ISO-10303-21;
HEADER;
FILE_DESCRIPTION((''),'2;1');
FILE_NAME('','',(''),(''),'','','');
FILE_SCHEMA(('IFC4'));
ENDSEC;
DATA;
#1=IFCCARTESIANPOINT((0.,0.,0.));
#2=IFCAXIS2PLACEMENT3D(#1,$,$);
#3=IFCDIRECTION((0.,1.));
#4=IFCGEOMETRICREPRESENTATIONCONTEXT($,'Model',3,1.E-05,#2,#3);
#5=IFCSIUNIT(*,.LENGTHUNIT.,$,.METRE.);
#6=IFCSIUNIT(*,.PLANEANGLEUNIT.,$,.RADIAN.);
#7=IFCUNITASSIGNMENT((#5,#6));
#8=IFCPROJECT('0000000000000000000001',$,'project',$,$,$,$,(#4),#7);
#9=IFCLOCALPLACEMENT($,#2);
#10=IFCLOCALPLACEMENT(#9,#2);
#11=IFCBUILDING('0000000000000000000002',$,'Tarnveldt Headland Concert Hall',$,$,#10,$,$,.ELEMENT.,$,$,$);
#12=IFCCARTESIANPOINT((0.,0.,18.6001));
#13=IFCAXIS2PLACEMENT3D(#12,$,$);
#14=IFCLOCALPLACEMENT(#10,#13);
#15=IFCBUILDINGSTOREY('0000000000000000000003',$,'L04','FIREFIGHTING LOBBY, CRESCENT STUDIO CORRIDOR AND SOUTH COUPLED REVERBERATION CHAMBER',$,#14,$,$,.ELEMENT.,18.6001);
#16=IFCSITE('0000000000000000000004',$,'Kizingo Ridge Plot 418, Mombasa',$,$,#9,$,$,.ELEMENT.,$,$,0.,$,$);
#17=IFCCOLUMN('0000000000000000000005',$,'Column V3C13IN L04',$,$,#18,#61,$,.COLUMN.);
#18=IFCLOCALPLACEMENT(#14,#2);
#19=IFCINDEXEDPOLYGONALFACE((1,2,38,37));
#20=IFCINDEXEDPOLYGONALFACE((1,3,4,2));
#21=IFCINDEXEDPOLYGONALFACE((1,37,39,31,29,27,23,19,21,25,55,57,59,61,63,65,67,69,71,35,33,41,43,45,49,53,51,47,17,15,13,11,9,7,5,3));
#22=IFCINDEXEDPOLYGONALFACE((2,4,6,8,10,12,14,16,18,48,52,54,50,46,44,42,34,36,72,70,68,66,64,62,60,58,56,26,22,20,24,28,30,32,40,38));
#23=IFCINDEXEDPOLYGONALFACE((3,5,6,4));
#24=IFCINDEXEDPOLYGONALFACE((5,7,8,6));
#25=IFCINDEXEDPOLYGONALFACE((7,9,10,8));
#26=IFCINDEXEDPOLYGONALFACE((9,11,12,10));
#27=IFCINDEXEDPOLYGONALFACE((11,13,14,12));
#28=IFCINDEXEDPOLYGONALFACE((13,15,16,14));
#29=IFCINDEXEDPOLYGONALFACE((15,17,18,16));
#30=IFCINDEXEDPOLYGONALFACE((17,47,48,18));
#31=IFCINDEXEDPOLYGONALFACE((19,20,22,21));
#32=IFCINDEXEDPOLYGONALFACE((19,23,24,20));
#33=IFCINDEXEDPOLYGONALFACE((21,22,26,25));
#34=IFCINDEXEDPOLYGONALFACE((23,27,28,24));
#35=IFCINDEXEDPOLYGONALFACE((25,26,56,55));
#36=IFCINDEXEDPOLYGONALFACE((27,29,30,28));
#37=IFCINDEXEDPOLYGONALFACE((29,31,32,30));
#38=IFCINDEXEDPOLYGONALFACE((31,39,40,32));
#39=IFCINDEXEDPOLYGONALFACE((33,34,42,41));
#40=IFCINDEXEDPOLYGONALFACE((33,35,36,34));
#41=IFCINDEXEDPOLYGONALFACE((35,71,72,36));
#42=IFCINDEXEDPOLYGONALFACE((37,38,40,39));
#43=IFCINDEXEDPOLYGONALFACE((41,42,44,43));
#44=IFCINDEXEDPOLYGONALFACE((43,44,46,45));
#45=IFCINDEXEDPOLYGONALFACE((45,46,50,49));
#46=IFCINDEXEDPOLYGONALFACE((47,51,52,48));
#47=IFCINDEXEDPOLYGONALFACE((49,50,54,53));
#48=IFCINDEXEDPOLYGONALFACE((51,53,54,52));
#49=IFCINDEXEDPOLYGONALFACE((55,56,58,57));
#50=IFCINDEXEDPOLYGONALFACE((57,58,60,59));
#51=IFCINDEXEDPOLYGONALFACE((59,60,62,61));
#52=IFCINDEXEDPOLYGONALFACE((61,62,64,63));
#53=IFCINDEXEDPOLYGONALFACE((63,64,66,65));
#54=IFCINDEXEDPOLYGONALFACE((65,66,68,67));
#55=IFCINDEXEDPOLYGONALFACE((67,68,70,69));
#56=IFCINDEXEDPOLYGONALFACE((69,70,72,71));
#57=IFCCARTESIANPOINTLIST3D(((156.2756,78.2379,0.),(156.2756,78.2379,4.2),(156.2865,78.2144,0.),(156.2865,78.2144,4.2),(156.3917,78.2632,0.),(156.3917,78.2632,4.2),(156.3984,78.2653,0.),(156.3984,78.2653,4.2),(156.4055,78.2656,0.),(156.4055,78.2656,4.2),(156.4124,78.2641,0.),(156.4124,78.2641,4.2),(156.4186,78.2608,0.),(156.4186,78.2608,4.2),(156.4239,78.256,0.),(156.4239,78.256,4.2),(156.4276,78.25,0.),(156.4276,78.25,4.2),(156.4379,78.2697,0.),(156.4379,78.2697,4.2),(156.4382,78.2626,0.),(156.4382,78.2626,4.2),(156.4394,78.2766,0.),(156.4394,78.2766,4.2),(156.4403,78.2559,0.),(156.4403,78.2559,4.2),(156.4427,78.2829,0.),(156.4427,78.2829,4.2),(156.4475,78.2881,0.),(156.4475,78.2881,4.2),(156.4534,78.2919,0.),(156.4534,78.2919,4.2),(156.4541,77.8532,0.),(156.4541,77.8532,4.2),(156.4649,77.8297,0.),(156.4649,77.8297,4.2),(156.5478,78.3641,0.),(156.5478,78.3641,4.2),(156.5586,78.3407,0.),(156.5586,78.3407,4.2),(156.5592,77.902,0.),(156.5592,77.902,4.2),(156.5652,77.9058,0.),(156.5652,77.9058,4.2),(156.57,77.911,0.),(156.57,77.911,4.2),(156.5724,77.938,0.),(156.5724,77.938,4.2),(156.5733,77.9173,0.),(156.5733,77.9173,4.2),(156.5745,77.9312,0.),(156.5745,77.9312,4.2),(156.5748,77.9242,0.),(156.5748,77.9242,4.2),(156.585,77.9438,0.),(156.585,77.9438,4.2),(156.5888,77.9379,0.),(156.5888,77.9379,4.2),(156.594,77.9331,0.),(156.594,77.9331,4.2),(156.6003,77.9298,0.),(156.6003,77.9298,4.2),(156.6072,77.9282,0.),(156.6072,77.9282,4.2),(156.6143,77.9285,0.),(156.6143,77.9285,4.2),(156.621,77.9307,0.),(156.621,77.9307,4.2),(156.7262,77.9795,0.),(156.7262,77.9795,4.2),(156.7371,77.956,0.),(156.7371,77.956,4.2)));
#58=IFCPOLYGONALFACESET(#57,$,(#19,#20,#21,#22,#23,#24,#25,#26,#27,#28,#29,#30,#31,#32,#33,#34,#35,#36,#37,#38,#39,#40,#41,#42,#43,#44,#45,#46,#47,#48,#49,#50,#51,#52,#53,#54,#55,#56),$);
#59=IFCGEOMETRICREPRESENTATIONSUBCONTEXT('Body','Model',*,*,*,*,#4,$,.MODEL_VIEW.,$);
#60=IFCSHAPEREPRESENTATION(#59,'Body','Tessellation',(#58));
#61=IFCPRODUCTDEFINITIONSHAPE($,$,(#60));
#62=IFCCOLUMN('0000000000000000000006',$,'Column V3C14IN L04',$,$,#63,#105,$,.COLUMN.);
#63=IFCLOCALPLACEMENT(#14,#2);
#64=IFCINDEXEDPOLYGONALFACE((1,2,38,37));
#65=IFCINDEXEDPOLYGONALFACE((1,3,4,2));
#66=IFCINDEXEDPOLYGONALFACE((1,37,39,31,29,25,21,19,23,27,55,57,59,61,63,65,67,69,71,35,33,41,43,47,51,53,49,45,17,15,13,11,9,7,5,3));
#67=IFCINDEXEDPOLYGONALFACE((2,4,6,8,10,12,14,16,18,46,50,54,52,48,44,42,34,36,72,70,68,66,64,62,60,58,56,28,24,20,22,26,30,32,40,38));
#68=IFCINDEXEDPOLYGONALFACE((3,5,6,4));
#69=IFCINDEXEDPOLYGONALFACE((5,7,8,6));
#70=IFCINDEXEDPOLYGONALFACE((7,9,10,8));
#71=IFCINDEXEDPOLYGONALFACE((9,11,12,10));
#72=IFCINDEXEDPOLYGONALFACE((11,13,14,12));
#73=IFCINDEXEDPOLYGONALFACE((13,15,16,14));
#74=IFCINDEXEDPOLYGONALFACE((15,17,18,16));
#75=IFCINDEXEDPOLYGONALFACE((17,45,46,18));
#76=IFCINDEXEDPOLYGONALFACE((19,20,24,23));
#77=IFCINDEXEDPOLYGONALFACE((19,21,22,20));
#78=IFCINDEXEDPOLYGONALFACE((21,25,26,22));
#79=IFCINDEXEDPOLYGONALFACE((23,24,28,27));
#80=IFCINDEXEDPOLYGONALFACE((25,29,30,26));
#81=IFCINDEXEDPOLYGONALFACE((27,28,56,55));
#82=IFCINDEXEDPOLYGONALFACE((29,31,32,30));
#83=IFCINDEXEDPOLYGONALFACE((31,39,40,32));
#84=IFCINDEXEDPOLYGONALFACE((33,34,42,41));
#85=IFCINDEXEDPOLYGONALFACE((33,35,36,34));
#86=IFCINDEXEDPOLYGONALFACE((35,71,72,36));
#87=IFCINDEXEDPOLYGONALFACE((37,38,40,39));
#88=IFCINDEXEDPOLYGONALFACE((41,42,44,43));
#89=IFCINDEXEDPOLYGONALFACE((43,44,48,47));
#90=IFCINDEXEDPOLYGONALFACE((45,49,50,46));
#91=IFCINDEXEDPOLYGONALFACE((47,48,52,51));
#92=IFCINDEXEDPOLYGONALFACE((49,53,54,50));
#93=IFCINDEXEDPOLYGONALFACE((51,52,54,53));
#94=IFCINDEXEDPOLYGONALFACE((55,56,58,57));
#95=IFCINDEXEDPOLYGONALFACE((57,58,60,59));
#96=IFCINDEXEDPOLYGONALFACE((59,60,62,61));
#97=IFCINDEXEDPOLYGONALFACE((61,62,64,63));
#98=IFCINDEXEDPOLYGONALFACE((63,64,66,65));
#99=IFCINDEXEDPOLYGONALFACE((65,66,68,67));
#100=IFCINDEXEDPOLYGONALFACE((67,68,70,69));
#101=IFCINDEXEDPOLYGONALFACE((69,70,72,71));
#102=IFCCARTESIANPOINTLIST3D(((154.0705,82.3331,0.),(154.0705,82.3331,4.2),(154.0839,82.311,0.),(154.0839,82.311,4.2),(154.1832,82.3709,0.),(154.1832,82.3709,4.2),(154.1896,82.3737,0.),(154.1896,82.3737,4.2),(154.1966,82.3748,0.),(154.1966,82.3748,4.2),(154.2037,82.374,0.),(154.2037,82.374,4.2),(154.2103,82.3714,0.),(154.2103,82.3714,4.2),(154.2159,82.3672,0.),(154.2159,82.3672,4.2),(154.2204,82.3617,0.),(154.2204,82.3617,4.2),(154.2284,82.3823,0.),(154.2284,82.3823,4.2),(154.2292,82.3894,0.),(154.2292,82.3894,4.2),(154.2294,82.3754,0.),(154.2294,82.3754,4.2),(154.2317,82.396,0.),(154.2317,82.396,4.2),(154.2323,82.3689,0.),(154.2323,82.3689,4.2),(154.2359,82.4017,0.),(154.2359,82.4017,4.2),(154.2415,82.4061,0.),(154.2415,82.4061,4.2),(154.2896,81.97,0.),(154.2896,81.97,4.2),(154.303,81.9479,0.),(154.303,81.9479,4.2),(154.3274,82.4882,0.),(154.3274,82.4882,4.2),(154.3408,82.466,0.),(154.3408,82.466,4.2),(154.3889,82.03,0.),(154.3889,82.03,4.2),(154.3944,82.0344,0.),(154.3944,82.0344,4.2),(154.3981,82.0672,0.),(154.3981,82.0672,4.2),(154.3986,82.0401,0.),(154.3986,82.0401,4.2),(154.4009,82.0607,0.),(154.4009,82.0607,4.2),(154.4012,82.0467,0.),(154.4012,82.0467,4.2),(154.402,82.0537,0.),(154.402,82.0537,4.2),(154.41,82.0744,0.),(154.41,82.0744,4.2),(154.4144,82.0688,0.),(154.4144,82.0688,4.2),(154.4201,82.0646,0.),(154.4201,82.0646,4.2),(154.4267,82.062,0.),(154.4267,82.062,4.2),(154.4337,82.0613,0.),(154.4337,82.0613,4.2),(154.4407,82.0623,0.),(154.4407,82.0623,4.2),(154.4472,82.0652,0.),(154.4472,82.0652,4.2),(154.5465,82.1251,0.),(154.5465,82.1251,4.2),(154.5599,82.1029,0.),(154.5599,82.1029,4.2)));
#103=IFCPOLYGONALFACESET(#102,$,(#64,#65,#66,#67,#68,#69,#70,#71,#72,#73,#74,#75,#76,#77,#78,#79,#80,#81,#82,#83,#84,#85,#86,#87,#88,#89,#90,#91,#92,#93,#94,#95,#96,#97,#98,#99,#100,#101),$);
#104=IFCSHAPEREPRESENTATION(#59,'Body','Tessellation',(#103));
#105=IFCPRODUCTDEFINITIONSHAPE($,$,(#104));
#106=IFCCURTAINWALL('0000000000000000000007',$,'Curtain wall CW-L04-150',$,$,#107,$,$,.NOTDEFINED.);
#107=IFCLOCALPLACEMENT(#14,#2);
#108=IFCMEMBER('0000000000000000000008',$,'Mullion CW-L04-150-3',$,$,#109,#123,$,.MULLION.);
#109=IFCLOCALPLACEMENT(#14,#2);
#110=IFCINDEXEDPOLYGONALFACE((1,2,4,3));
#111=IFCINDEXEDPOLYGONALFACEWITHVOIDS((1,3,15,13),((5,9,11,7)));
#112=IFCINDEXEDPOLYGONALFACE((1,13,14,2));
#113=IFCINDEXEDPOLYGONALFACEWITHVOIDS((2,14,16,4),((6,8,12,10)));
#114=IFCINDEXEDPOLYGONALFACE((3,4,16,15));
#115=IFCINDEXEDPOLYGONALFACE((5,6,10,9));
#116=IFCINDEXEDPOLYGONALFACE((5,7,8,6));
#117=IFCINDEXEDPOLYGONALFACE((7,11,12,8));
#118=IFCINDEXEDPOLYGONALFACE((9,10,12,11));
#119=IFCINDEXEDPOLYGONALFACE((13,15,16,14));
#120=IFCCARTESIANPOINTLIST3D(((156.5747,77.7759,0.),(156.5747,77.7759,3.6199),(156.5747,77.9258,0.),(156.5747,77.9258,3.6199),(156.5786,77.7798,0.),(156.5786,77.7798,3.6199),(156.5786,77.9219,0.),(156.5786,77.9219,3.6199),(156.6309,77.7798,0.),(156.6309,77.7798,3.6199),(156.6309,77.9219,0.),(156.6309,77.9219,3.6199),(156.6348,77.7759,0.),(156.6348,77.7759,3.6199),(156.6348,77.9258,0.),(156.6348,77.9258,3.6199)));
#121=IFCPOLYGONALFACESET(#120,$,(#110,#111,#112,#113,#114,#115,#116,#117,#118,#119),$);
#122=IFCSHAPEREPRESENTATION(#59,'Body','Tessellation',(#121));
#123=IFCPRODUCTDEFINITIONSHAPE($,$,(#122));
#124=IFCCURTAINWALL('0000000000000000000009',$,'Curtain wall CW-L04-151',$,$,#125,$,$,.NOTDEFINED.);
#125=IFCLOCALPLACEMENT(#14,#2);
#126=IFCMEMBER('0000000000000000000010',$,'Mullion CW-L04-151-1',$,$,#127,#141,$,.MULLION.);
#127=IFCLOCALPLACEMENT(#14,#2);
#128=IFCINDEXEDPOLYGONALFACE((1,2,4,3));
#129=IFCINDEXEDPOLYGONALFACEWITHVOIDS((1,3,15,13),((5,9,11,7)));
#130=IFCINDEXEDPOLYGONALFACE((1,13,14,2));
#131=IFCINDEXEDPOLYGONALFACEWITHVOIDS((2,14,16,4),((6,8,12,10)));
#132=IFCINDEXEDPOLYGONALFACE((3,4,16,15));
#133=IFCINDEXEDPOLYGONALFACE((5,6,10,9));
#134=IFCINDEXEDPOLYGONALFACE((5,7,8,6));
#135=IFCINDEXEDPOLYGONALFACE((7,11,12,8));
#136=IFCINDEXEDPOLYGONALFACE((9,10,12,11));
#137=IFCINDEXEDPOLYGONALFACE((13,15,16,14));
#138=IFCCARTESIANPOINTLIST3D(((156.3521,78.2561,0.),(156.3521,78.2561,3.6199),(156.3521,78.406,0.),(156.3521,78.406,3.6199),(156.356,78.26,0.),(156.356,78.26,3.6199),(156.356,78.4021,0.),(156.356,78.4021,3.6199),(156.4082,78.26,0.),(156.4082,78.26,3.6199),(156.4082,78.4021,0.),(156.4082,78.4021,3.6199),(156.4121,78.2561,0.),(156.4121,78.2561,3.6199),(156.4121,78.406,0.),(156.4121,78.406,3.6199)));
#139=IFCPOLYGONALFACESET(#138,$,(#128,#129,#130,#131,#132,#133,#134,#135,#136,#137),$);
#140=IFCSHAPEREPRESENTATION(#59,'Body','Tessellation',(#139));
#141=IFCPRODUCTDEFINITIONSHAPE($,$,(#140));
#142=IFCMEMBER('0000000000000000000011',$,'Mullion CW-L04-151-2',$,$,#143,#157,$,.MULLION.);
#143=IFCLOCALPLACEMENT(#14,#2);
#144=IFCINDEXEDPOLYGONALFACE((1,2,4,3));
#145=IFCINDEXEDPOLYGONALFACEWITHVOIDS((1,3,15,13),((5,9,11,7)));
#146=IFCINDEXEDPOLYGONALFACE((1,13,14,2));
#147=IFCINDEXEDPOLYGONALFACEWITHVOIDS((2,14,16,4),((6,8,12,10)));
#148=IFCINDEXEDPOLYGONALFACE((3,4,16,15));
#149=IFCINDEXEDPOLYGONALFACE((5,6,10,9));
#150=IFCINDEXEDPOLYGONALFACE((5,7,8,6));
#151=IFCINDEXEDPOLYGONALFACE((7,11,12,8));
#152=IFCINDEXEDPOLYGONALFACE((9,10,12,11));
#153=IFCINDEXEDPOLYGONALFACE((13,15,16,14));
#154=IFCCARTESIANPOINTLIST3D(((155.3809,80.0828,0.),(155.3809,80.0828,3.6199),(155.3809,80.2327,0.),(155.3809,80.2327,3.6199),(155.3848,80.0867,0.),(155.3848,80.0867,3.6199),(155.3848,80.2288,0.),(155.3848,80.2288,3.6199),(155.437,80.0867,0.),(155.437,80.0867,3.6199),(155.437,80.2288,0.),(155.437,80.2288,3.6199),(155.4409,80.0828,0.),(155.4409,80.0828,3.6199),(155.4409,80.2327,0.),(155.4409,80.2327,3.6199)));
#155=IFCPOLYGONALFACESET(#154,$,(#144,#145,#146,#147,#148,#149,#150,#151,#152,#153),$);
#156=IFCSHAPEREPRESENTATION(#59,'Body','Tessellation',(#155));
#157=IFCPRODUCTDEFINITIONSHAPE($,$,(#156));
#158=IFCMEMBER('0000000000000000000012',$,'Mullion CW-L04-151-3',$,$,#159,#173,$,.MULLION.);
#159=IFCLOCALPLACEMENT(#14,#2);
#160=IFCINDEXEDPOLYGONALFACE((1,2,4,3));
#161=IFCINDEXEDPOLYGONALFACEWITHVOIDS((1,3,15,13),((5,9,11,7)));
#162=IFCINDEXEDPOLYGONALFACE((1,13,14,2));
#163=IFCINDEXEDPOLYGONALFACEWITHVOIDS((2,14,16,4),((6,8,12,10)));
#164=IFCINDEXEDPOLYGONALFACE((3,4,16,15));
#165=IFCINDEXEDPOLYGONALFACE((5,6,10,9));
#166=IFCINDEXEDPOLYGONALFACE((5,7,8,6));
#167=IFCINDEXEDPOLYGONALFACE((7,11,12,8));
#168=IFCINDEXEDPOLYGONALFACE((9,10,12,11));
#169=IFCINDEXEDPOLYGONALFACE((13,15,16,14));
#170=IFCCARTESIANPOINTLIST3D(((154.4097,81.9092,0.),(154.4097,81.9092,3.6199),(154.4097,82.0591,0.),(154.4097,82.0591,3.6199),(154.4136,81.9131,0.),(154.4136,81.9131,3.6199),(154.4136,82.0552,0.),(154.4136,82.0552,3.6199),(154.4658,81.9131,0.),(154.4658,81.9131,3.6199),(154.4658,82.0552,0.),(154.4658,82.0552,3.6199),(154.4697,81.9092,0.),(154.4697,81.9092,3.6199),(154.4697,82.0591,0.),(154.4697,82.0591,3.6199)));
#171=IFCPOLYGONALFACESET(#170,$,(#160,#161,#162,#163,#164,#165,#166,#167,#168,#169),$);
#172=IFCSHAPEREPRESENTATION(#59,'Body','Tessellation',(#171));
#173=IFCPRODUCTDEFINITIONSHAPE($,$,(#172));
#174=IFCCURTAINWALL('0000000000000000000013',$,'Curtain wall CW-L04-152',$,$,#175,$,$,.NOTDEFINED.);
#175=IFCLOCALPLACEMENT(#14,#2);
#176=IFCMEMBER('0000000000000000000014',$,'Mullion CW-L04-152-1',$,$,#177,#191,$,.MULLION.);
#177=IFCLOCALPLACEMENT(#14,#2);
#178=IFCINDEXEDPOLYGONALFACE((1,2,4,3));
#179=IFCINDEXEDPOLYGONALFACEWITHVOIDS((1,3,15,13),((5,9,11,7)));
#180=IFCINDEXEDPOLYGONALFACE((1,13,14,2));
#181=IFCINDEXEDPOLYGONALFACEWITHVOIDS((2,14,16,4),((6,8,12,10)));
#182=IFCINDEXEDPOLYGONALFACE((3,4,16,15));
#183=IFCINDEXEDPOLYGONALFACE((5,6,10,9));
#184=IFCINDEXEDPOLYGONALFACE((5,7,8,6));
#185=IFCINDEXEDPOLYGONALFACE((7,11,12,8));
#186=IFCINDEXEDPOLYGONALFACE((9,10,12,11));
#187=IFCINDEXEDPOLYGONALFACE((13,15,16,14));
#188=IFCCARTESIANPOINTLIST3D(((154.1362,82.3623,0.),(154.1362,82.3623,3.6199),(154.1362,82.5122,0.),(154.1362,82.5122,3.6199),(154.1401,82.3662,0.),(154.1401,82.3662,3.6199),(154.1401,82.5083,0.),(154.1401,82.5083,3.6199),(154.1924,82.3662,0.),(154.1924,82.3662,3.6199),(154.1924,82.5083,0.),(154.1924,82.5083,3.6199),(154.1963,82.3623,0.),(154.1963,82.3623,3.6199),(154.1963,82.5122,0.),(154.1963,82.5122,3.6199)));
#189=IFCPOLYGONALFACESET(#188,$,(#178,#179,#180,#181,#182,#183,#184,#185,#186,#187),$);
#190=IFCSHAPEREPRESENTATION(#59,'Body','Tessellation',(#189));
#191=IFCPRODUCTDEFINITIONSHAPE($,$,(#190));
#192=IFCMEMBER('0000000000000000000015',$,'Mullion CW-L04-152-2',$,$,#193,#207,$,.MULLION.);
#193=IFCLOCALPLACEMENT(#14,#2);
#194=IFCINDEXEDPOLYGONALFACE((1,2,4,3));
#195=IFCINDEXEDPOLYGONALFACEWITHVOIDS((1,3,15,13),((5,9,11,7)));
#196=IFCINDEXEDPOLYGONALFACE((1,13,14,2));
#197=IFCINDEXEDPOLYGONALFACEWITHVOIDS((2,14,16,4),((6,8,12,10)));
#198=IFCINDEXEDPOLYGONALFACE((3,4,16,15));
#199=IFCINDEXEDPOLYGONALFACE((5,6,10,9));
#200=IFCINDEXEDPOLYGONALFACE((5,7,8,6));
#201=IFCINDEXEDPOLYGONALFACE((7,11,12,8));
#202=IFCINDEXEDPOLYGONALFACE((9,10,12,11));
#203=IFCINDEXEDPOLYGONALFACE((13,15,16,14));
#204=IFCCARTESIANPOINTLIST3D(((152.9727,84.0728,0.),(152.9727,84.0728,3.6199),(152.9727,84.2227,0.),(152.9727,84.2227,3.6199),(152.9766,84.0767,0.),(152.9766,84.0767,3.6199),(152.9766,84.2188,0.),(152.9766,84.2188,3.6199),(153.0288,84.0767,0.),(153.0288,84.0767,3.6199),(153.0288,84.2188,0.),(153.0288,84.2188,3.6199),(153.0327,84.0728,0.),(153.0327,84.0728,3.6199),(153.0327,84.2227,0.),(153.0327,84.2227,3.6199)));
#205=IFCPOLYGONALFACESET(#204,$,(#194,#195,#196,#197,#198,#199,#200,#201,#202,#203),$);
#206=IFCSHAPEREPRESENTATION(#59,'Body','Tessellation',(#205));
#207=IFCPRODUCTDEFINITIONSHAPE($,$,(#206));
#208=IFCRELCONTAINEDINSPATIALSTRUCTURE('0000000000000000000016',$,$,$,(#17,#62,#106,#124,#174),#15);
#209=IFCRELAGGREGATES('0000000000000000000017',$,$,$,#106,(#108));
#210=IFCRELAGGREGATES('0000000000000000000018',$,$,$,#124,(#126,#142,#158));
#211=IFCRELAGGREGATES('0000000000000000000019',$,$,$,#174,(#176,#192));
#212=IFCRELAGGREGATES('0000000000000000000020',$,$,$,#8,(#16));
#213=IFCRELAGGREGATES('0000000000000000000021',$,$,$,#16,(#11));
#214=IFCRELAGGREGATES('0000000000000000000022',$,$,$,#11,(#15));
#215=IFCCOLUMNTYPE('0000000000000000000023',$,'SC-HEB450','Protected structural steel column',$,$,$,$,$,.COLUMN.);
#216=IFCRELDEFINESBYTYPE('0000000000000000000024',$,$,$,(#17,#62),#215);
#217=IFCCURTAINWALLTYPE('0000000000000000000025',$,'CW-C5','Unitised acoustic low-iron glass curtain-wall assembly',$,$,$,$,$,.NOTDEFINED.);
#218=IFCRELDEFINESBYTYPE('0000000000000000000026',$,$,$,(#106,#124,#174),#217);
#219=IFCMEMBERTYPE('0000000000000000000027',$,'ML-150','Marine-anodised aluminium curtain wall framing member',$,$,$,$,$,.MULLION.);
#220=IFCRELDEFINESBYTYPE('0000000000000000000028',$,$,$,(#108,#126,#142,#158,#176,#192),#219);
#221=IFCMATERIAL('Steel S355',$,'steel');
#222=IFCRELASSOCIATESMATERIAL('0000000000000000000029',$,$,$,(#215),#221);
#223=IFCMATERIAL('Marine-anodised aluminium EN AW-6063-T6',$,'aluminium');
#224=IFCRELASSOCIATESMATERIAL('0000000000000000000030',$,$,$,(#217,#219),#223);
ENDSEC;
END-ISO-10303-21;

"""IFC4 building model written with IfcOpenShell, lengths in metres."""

from ifc_helpers import new_model, si_unit, direction, frame, origin, origin_2d, place, context, subcontext, project, spatial, hollow_rectangle, i_section, extrude, material, material_profile, profile_set, type_object, element, aggregate, save


model = new_model("IFC4")

# Units and contexts
model_context = context("Model", 3, precision=1e-05, world=origin(), true_north=direction((0.0, 1.0)))
body_context = subcontext(model_context, "Body", "Model", "MODEL_VIEW")
ifc_project = project(units=[si_unit("LENGTHUNIT", "METRE"), si_unit("PLANEANGLEUNIT", "RADIAN")], contexts=[model_context])

# Site, building, storey
site_placement = place(None, origin())
site = spatial("IfcSite", under=ifc_project, at=site_placement, Name="Kizingo Ridge Plot 418, Mombasa", CompositionType="ELEMENT", RefElevation=0.0)
building_placement = place(site_placement, origin())
building = spatial("IfcBuilding", under=site, at=building_placement, Name="Tarnveldt Headland Concert Hall", CompositionType="ELEMENT")
storey_placement = place(building_placement, frame((0.0, 0.0, 18.6001)))
storey = spatial("IfcBuildingStorey", under=building, at=storey_placement, Name="L04", Description="FIREFIGHTING LOBBY, CRESCENT STUDIO CORRIDOR AND SOUTH COUPLED REVERBERATION CHAMBER", CompositionType="ELEMENT", Elevation=18.6001)

# Columns
ifc_material_1 = material(Name="Steel S355", Category="steel")
ifc_material_profile_1 = material_profile(ifc_material_1, i_section(OverallWidth=0.3, OverallDepth=0.45, WebThickness=0.0139, FlangeThickness=0.0259, FilletRadius=0.0271, at=origin_2d()), Name="HEB450", Category="steel")
ifc_profile_set_1 = profile_set([ifc_material_profile_1], Name="Steel S355")
column_type = type_object("IfcColumnType", Name="SC-HEB450", Description="Protected structural steel column", PredefinedType="COLUMN", material=ifc_profile_set_1)
for number, where, z_axis, x_axis, name in (
    (1, (156.5063, 78.0969, 0.0), (0.0, 0.0, 1.0), (0.907117, 0.420877, 0.0), "Column V3C13IN L04"),
    (2, (154.3152, 82.218, 0.0), (0.0, 0.0, 1.0), (0.856177, 0.516683, 0.0), "Column V3C14IN L04"),
):
    element("IfcColumn", number, at=place(storey_placement, frame(where, z_axis=z_axis, x_axis=x_axis)), inside=storey, type_object=column_type, Name=name, PredefinedType="COLUMN", context=body_context, shape_type="SweptSolid", body=[
        extrude(i_section(OverallWidth=0.3, OverallDepth=0.45, WebThickness=0.0139, FlangeThickness=0.0259, FilletRadius=0.0271, at=origin_2d()), origin(), (0.0, 0.0, 1.0), 4.2),
    ])

# Curtain wall, member
ifc_material_2 = material(Name="Marine-anodised aluminium EN AW-6063-T6", Category="aluminium")
curtain_wall_type = type_object("IfcCurtainWallType", Name="CW-C5", Description="Unitised acoustic low-iron glass curtain-wall assembly", PredefinedType="NOTDEFINED", material=ifc_material_2)
curtain_wall_1_placement = place(storey_placement, origin())
curtain_wall_1 = element("IfcCurtainWall", 3, at=curtain_wall_1_placement, inside=storey, type_object=curtain_wall_type, Name="Curtain wall CW-L04-150", PredefinedType="NOTDEFINED")
ifc_material_profile_2 = material_profile(ifc_material_2, hollow_rectangle(XDim=0.0601, YDim=0.1499, WallThickness=0.0039, at=origin_2d()), Name="ALU MULLION 60x150x4", Category="aluminium")
ifc_profile_set_2 = profile_set([ifc_material_profile_2], Name="Marine-anodised aluminium EN AW-6063-T6")
member_type_1 = type_object("IfcMemberType", Name="ML-150", Description="Marine-anodised aluminium curtain wall framing member", PredefinedType="MULLION", material=ifc_profile_set_2)
member_1_placement = place(storey_placement, frame((156.6047, 77.8508, 0.0), z_axis=(0.0, 0.0, 1.0), x_axis=(1.0, 0.0, 0.0)))
member_1 = element("IfcMember", 4, at=member_1_placement, type_object=member_type_1, Name="Mullion CW-L04-150-3", PredefinedType="MULLION", context=body_context, shape_type="SweptSolid", body=[
    extrude(hollow_rectangle(XDim=0.0601, YDim=0.1499, WallThickness=0.0039, at=origin_2d()), origin(), (0.0, 0.0, 1.0), 3.6199),
])

# Curtain walls, members
curtain_wall_2_placement = place(storey_placement, origin())
curtain_wall_2 = element("IfcCurtainWall", 5, at=curtain_wall_2_placement, inside=storey, type_object=curtain_wall_type, Name="Curtain wall CW-L04-151", PredefinedType="NOTDEFINED")
member_2_placement = place(storey_placement, frame((156.3821, 78.3311, 0.0), z_axis=(0.0, 0.0, 1.0), x_axis=(1.0, 0.0, 0.0)))
member_2 = element("IfcMember", 6, at=member_2_placement, type_object=member_type_1, Name="Mullion CW-L04-151-1", PredefinedType="MULLION", context=body_context, shape_type="SweptSolid", body=[
    extrude(hollow_rectangle(XDim=0.0601, YDim=0.1499, WallThickness=0.0039, at=origin_2d()), origin(), (0.0, 0.0, 1.0), 3.6199),
])
member_3_placement = place(storey_placement, frame((155.4109, 80.1577, 0.0), z_axis=(0.0, 0.0, 1.0), x_axis=(1.0, 0.0, 0.0)))
member_3 = element("IfcMember", 7, at=member_3_placement, type_object=member_type_1, Name="Mullion CW-L04-151-2", PredefinedType="MULLION", context=body_context, shape_type="SweptSolid", body=[
    extrude(hollow_rectangle(XDim=0.0601, YDim=0.1499, WallThickness=0.0039, at=origin_2d()), origin(), (0.0, 0.0, 1.0), 3.6199),
])
member_4_placement = place(storey_placement, frame((154.4397, 81.9841, 0.0), z_axis=(0.0, 0.0, 1.0), x_axis=(1.0, 0.0, 0.0)))
member_4 = element("IfcMember", 8, at=member_4_placement, type_object=member_type_1, Name="Mullion CW-L04-151-3", PredefinedType="MULLION", context=body_context, shape_type="SweptSolid", body=[
    extrude(hollow_rectangle(XDim=0.0601, YDim=0.1499, WallThickness=0.0039, at=origin_2d()), origin(), (0.0, 0.0, 1.0), 3.6199),
])
curtain_wall_3_placement = place(storey_placement, origin())
curtain_wall_3 = element("IfcCurtainWall", 9, at=curtain_wall_3_placement, inside=storey, type_object=curtain_wall_type, Name="Curtain wall CW-L04-152", PredefinedType="NOTDEFINED")
member_5_placement = place(storey_placement, frame((154.1663, 82.4373, 0.0), z_axis=(0.0, 0.0, 1.0), x_axis=(1.0, 0.0, 0.0)))
member_5 = element("IfcMember", 10, at=member_5_placement, type_object=member_type_1, Name="Mullion CW-L04-152-1", PredefinedType="MULLION", context=body_context, shape_type="SweptSolid", body=[
    extrude(hollow_rectangle(XDim=0.0601, YDim=0.1499, WallThickness=0.0039, at=origin_2d()), origin(), (0.0, 0.0, 1.0), 3.6199),
])
member_6_placement = place(storey_placement, frame((153.0027, 84.1477, 0.0), z_axis=(0.0, 0.0, 1.0), x_axis=(1.0, 0.0, 0.0)))
member_6 = element("IfcMember", 11, at=member_6_placement, type_object=member_type_1, Name="Mullion CW-L04-152-2", PredefinedType="MULLION", context=body_context, shape_type="SweptSolid", body=[
    extrude(hollow_rectangle(XDim=0.0601, YDim=0.1499, WallThickness=0.0039, at=origin_2d()), origin(), (0.0, 0.0, 1.0), 3.6199),
])

aggregate(curtain_wall_1, [member_1])
aggregate(curtain_wall_2, [member_2, member_3, member_4])
aggregate(curtain_wall_3, [member_5, member_6])

save(model, "model.ifc")
